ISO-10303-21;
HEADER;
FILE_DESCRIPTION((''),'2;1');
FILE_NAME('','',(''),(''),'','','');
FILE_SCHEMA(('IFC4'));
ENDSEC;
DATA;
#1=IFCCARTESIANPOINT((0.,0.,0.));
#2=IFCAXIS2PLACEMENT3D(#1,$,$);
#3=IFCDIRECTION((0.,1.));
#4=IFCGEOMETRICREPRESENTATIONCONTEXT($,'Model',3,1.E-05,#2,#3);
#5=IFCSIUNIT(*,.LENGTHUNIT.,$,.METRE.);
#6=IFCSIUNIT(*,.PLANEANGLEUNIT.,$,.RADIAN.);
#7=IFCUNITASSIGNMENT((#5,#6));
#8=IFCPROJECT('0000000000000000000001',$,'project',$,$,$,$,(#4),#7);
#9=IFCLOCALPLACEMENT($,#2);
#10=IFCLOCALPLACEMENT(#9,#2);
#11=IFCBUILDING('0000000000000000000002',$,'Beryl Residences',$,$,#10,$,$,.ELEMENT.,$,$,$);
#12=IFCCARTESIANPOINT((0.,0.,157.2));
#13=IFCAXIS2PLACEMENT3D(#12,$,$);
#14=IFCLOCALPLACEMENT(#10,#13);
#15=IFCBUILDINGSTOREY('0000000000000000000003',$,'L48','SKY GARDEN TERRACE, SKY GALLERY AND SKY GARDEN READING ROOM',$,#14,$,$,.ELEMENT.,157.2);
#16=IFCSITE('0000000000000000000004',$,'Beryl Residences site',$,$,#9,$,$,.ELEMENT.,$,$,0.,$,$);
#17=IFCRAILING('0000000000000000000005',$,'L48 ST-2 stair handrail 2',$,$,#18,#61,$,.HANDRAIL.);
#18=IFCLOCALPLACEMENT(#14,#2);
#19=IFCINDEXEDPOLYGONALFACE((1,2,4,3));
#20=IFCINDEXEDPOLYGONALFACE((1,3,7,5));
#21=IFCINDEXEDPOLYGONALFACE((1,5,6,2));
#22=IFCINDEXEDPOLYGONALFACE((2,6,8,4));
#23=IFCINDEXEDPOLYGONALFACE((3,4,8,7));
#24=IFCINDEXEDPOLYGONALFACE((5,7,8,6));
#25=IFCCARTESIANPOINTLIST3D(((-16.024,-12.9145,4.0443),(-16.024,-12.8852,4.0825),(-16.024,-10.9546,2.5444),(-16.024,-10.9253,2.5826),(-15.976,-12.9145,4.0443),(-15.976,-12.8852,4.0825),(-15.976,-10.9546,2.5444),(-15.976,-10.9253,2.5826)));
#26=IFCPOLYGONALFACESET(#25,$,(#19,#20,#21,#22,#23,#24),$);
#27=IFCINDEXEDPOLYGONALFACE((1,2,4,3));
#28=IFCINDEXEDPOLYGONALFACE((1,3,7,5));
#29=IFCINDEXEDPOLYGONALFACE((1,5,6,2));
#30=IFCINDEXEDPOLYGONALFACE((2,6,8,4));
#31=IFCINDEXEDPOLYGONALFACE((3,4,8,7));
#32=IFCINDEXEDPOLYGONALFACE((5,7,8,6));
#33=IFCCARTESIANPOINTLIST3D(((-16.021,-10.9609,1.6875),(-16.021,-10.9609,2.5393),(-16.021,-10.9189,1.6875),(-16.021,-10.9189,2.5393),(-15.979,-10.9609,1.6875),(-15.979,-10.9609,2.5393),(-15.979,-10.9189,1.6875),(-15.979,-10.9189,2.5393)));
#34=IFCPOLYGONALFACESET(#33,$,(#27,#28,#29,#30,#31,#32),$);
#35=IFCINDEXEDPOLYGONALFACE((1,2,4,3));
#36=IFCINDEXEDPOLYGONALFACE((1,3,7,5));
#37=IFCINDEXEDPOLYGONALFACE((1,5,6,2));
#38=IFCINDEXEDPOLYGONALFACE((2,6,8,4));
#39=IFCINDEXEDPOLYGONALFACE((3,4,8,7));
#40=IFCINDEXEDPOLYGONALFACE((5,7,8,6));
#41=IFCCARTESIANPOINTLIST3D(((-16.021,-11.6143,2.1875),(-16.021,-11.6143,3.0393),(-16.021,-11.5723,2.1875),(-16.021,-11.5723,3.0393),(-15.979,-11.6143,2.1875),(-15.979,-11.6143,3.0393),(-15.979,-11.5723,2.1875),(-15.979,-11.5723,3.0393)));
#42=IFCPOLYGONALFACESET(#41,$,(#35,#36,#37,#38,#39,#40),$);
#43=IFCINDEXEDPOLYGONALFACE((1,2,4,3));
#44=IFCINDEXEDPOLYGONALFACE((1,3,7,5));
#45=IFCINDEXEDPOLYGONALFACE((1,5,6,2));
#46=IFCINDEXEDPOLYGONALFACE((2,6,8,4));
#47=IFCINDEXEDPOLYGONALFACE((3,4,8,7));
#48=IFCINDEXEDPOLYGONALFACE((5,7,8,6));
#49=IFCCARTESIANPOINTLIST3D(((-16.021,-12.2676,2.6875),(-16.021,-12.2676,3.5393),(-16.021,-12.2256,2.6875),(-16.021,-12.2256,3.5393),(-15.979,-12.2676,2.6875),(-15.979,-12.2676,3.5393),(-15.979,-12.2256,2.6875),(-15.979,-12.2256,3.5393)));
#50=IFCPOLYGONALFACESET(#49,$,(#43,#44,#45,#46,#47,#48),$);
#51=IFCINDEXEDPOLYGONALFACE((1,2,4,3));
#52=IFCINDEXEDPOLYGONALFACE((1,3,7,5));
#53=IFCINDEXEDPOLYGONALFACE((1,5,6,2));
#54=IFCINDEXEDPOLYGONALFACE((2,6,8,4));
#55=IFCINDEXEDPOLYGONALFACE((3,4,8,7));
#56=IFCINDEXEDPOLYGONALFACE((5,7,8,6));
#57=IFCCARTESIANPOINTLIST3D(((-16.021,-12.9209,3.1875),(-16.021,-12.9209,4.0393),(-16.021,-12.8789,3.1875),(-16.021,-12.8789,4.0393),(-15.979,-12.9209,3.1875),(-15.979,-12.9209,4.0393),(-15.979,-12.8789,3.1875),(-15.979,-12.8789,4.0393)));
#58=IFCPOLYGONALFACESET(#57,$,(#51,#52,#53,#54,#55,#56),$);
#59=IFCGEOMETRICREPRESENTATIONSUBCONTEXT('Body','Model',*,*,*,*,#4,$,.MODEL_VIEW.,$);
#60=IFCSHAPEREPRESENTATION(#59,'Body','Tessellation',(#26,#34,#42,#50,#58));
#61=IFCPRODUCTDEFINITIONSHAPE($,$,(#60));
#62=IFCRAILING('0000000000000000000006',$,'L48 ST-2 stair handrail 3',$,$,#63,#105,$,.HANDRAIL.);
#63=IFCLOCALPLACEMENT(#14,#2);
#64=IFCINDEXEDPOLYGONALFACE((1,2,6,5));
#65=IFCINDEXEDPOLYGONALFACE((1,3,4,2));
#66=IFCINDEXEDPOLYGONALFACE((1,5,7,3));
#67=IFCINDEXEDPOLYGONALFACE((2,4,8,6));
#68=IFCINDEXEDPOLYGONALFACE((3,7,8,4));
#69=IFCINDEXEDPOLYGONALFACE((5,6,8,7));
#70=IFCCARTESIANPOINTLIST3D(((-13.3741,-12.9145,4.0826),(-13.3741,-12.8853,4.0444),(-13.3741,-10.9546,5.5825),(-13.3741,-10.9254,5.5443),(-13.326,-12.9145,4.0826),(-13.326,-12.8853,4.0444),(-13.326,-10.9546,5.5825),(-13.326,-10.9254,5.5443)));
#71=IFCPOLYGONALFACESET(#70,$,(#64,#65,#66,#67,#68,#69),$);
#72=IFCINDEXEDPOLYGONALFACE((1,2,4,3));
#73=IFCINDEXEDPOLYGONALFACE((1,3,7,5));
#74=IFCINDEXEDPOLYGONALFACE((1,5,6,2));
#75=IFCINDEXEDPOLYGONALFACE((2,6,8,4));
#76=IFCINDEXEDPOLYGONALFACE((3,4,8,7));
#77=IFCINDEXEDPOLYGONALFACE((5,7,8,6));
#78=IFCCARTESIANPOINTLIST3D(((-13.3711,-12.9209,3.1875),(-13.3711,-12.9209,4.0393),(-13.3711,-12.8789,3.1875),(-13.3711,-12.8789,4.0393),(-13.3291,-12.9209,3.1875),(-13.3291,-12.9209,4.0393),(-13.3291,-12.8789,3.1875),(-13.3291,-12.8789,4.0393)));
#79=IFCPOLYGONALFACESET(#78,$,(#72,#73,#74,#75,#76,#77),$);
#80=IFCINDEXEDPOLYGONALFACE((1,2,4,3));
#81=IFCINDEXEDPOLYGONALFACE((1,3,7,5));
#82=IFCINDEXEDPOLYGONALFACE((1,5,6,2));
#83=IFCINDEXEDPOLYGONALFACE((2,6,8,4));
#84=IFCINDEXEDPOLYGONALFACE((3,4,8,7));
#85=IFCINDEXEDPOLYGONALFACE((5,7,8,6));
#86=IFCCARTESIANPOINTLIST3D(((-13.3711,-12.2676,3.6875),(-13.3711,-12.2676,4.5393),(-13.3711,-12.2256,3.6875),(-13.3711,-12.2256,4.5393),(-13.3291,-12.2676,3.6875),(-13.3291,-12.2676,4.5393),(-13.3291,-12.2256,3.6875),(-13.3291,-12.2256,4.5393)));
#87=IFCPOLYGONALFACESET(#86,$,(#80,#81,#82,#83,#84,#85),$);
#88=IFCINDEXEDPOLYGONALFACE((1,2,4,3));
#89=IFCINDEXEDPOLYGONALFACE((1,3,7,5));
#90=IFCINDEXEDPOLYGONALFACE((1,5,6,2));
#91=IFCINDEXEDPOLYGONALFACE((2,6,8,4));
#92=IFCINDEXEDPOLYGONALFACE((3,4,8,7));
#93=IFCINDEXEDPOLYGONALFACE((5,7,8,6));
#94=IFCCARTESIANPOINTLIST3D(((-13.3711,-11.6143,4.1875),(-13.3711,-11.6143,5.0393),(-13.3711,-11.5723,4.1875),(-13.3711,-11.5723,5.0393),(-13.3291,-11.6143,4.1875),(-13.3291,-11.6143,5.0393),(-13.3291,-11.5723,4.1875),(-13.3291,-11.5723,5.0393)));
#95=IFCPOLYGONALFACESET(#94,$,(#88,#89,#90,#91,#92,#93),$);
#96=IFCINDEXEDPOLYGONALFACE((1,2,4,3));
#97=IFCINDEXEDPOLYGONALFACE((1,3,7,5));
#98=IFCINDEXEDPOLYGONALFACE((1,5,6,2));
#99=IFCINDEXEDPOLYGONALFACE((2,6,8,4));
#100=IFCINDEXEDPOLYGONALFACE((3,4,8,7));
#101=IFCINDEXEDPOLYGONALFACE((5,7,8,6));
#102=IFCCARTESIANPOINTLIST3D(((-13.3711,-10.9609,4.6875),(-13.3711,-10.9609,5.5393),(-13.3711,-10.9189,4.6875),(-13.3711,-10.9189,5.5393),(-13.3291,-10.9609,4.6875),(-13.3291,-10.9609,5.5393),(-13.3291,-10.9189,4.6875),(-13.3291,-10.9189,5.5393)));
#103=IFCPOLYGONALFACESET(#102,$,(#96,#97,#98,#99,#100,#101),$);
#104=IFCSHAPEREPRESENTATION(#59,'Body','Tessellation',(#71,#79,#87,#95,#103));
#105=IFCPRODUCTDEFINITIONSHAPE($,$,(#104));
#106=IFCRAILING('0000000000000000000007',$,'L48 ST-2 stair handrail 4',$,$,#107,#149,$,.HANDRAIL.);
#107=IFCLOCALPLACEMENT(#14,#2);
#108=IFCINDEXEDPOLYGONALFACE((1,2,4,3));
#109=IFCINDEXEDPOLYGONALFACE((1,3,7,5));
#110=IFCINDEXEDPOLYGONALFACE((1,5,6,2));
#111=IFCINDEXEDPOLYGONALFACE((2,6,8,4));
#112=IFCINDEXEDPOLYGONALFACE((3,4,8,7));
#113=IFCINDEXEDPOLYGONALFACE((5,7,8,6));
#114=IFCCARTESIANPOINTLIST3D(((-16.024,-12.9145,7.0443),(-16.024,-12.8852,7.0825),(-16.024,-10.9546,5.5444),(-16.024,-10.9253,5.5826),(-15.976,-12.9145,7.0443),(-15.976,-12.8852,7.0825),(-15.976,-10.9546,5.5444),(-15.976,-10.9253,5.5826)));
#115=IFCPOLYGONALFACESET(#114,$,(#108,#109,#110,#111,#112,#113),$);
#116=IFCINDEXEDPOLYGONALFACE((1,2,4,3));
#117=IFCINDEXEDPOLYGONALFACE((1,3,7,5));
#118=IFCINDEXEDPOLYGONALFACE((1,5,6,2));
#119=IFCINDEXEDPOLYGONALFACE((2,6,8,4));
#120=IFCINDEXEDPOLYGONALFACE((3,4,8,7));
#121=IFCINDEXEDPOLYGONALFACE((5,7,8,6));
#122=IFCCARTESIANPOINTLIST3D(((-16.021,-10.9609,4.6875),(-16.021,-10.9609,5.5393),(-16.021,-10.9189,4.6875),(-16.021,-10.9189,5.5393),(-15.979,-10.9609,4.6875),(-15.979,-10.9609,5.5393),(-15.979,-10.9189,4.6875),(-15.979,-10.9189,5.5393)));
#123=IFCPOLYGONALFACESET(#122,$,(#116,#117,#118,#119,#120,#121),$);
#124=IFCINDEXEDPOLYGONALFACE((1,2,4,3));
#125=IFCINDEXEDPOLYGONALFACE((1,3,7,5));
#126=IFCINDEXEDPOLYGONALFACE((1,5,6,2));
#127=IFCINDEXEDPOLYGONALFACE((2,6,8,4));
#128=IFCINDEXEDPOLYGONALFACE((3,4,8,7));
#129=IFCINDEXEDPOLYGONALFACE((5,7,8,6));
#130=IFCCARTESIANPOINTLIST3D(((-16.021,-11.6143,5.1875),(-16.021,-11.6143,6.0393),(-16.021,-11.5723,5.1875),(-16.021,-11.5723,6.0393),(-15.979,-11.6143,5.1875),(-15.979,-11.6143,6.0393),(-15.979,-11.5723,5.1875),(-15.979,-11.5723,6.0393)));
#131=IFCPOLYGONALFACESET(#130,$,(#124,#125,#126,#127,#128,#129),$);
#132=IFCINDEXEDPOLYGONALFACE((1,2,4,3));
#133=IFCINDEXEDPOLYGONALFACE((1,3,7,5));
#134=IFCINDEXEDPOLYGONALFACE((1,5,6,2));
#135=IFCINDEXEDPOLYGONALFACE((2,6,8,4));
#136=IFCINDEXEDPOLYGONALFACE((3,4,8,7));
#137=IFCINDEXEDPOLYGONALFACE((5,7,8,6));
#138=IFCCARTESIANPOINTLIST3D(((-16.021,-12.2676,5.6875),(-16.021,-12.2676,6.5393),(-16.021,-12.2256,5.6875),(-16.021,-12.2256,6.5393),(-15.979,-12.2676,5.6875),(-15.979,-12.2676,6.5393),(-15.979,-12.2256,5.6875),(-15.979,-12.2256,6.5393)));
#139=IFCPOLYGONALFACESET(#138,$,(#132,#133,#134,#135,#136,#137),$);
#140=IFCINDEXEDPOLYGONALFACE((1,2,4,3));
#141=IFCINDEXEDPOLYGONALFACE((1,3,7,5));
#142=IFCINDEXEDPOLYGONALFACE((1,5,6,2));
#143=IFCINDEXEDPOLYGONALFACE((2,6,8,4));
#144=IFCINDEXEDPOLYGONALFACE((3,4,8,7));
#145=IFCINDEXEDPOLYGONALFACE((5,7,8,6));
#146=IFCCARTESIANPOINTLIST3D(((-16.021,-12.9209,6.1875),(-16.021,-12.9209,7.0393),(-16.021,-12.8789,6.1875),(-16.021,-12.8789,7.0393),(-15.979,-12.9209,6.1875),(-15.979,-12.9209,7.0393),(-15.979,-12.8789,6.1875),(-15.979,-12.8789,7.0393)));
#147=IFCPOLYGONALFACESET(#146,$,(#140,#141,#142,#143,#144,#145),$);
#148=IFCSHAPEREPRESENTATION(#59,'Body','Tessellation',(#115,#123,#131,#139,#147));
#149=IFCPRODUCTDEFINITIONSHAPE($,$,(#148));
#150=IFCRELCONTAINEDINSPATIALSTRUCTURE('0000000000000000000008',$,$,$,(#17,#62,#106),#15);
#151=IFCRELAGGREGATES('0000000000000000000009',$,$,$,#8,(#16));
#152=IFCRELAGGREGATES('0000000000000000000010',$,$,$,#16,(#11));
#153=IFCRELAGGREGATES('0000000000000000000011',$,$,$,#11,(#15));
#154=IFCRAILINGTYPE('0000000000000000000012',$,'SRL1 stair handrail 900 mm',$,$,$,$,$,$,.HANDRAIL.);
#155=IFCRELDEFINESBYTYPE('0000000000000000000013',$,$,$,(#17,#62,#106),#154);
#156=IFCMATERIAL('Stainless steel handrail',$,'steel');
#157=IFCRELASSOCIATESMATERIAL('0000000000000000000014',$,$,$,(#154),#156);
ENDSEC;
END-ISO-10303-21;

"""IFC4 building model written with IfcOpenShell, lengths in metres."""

from ifc_helpers import new_model, si_unit, direction, frame, origin, origin_2d, place, context, subcontext, project, spatial, rectangle, extrude, material, type_object, element, save


model = new_model("IFC4")

# Units and contexts
model_context = context("Model", 3, precision=1e-05, world=origin(), true_north=direction((0.0, 1.0)))
body_context = subcontext(model_context, "Body", "Model", "MODEL_VIEW")
ifc_project = project(units=[si_unit("LENGTHUNIT", "METRE"), si_unit("PLANEANGLEUNIT", "RADIAN")], contexts=[model_context])

# Site, building, storey
site_placement = place(None, origin())
site = spatial("IfcSite", under=ifc_project, at=site_placement, Name="Beryl Residences site", CompositionType="ELEMENT", RefElevation=0.0)
building_placement = place(site_placement, origin())
building = spatial("IfcBuilding", under=site, at=building_placement, Name="Beryl Residences", CompositionType="ELEMENT")
storey_placement = place(building_placement, frame((0.0, 0.0, 157.2)))
storey = spatial("IfcBuildingStorey", under=building, at=storey_placement, Name="L48", Description="SKY GARDEN TERRACE, SKY GALLERY AND SKY GARDEN READING ROOM", CompositionType="ELEMENT", Elevation=157.2)

# Railings
ifc_material_1 = material(Name="Stainless steel handrail", Category="steel")
railing_type_1 = type_object("IfcRailingType", Name="SRL1 stair handrail 900 mm", PredefinedType="HANDRAIL", material=ifc_material_1)
railing_1_placement = place(storey_placement, frame((-16.0, -10.9399, 1.6875)))
element("IfcRailing", 1, at=railing_1_placement, inside=storey, type_object=railing_type_1, Name="L48 ST-2 stair handrail 2", PredefinedType="HANDRAIL", context=body_context, shape_type="SweptSolid", body=[
    extrude(rectangle(XDim=0.0481, YDim=0.0481, at=origin_2d()), frame((0.0, 0.0, 0.876), z_axis=(0.0, -0.794122, 0.607758), x_axis=(1.0, 0.0, 0.0)), (0.0, 0.0, 1.0), 2.468),
    extrude(rectangle(XDim=0.042, YDim=0.042, at=origin_2d()), origin(), (0.0, 0.0, 1.0), 0.8518),
    extrude(rectangle(XDim=0.042, YDim=0.042, at=origin_2d()), frame((0.0, -0.6533, 0.5)), (0.0, 0.0, 1.0), 0.8518),
    extrude(rectangle(XDim=0.042, YDim=0.042, at=origin_2d()), frame((0.0, -1.3066, 1.0)), (0.0, 0.0, 1.0), 0.8518),
    extrude(rectangle(XDim=0.042, YDim=0.042, at=origin_2d()), frame((0.0, -1.96, 1.5)), (0.0, 0.0, 1.0), 0.8518),
])
railing_2_placement = place(storey_placement, frame((-13.3501, -12.8999, 3.1875)))
element("IfcRailing", 2, at=railing_2_placement, inside=storey, type_object=railing_type_1, Name="L48 ST-2 stair handrail 3", PredefinedType="HANDRAIL", context=body_context, shape_type="SweptSolid", body=[
    extrude(rectangle(XDim=0.0481, YDim=0.0481, at=origin_2d()), frame((0.0, 0.0, 0.876), z_axis=(0.0, 0.794122, 0.607758), x_axis=(-1.0, 0.0, 0.0)), (0.0, 0.0, 1.0), 2.468),
    extrude(rectangle(XDim=0.042, YDim=0.042, at=origin_2d()), origin(), (0.0, 0.0, 1.0), 0.8518),
    extrude(rectangle(XDim=0.042, YDim=0.042, at=origin_2d()), frame((0.0, 0.6533, 0.5)), (0.0, 0.0, 1.0), 0.8518),
    extrude(rectangle(XDim=0.042, YDim=0.042, at=origin_2d()), frame((0.0, 1.3066, 1.0)), (0.0, 0.0, 1.0), 0.8518),
    extrude(rectangle(XDim=0.042, YDim=0.042, at=origin_2d()), frame((0.0, 1.96, 1.5)), (0.0, 0.0, 1.0), 0.8518),
])
railing_3_placement = place(storey_placement, frame((-16.0, -10.9399, 4.6875)))
element("IfcRailing", 3, at=railing_3_placement, inside=storey, type_object=railing_type_1, Name="L48 ST-2 stair handrail 4", PredefinedType="HANDRAIL", context=body_context, shape_type="SweptSolid", body=[
    extrude(rectangle(XDim=0.0481, YDim=0.0481, at=origin_2d()), frame((0.0, 0.0, 0.876), z_axis=(0.0, -0.794122, 0.607758), x_axis=(1.0, 0.0, 0.0)), (0.0, 0.0, 1.0), 2.468),
    extrude(rectangle(XDim=0.042, YDim=0.042, at=origin_2d()), origin(), (0.0, 0.0, 1.0), 0.8518),
    extrude(rectangle(XDim=0.042, YDim=0.042, at=origin_2d()), frame((0.0, -0.6533, 0.5)), (0.0, 0.0, 1.0), 0.8518),
    extrude(rectangle(XDim=0.042, YDim=0.042, at=origin_2d()), frame((0.0, -1.3066, 1.0)), (0.0, 0.0, 1.0), 0.8518),
    extrude(rectangle(XDim=0.042, YDim=0.042, at=origin_2d()), frame((0.0, -1.96, 1.5)), (0.0, 0.0, 1.0), 0.8518),
])

save(model, "model.ifc")
